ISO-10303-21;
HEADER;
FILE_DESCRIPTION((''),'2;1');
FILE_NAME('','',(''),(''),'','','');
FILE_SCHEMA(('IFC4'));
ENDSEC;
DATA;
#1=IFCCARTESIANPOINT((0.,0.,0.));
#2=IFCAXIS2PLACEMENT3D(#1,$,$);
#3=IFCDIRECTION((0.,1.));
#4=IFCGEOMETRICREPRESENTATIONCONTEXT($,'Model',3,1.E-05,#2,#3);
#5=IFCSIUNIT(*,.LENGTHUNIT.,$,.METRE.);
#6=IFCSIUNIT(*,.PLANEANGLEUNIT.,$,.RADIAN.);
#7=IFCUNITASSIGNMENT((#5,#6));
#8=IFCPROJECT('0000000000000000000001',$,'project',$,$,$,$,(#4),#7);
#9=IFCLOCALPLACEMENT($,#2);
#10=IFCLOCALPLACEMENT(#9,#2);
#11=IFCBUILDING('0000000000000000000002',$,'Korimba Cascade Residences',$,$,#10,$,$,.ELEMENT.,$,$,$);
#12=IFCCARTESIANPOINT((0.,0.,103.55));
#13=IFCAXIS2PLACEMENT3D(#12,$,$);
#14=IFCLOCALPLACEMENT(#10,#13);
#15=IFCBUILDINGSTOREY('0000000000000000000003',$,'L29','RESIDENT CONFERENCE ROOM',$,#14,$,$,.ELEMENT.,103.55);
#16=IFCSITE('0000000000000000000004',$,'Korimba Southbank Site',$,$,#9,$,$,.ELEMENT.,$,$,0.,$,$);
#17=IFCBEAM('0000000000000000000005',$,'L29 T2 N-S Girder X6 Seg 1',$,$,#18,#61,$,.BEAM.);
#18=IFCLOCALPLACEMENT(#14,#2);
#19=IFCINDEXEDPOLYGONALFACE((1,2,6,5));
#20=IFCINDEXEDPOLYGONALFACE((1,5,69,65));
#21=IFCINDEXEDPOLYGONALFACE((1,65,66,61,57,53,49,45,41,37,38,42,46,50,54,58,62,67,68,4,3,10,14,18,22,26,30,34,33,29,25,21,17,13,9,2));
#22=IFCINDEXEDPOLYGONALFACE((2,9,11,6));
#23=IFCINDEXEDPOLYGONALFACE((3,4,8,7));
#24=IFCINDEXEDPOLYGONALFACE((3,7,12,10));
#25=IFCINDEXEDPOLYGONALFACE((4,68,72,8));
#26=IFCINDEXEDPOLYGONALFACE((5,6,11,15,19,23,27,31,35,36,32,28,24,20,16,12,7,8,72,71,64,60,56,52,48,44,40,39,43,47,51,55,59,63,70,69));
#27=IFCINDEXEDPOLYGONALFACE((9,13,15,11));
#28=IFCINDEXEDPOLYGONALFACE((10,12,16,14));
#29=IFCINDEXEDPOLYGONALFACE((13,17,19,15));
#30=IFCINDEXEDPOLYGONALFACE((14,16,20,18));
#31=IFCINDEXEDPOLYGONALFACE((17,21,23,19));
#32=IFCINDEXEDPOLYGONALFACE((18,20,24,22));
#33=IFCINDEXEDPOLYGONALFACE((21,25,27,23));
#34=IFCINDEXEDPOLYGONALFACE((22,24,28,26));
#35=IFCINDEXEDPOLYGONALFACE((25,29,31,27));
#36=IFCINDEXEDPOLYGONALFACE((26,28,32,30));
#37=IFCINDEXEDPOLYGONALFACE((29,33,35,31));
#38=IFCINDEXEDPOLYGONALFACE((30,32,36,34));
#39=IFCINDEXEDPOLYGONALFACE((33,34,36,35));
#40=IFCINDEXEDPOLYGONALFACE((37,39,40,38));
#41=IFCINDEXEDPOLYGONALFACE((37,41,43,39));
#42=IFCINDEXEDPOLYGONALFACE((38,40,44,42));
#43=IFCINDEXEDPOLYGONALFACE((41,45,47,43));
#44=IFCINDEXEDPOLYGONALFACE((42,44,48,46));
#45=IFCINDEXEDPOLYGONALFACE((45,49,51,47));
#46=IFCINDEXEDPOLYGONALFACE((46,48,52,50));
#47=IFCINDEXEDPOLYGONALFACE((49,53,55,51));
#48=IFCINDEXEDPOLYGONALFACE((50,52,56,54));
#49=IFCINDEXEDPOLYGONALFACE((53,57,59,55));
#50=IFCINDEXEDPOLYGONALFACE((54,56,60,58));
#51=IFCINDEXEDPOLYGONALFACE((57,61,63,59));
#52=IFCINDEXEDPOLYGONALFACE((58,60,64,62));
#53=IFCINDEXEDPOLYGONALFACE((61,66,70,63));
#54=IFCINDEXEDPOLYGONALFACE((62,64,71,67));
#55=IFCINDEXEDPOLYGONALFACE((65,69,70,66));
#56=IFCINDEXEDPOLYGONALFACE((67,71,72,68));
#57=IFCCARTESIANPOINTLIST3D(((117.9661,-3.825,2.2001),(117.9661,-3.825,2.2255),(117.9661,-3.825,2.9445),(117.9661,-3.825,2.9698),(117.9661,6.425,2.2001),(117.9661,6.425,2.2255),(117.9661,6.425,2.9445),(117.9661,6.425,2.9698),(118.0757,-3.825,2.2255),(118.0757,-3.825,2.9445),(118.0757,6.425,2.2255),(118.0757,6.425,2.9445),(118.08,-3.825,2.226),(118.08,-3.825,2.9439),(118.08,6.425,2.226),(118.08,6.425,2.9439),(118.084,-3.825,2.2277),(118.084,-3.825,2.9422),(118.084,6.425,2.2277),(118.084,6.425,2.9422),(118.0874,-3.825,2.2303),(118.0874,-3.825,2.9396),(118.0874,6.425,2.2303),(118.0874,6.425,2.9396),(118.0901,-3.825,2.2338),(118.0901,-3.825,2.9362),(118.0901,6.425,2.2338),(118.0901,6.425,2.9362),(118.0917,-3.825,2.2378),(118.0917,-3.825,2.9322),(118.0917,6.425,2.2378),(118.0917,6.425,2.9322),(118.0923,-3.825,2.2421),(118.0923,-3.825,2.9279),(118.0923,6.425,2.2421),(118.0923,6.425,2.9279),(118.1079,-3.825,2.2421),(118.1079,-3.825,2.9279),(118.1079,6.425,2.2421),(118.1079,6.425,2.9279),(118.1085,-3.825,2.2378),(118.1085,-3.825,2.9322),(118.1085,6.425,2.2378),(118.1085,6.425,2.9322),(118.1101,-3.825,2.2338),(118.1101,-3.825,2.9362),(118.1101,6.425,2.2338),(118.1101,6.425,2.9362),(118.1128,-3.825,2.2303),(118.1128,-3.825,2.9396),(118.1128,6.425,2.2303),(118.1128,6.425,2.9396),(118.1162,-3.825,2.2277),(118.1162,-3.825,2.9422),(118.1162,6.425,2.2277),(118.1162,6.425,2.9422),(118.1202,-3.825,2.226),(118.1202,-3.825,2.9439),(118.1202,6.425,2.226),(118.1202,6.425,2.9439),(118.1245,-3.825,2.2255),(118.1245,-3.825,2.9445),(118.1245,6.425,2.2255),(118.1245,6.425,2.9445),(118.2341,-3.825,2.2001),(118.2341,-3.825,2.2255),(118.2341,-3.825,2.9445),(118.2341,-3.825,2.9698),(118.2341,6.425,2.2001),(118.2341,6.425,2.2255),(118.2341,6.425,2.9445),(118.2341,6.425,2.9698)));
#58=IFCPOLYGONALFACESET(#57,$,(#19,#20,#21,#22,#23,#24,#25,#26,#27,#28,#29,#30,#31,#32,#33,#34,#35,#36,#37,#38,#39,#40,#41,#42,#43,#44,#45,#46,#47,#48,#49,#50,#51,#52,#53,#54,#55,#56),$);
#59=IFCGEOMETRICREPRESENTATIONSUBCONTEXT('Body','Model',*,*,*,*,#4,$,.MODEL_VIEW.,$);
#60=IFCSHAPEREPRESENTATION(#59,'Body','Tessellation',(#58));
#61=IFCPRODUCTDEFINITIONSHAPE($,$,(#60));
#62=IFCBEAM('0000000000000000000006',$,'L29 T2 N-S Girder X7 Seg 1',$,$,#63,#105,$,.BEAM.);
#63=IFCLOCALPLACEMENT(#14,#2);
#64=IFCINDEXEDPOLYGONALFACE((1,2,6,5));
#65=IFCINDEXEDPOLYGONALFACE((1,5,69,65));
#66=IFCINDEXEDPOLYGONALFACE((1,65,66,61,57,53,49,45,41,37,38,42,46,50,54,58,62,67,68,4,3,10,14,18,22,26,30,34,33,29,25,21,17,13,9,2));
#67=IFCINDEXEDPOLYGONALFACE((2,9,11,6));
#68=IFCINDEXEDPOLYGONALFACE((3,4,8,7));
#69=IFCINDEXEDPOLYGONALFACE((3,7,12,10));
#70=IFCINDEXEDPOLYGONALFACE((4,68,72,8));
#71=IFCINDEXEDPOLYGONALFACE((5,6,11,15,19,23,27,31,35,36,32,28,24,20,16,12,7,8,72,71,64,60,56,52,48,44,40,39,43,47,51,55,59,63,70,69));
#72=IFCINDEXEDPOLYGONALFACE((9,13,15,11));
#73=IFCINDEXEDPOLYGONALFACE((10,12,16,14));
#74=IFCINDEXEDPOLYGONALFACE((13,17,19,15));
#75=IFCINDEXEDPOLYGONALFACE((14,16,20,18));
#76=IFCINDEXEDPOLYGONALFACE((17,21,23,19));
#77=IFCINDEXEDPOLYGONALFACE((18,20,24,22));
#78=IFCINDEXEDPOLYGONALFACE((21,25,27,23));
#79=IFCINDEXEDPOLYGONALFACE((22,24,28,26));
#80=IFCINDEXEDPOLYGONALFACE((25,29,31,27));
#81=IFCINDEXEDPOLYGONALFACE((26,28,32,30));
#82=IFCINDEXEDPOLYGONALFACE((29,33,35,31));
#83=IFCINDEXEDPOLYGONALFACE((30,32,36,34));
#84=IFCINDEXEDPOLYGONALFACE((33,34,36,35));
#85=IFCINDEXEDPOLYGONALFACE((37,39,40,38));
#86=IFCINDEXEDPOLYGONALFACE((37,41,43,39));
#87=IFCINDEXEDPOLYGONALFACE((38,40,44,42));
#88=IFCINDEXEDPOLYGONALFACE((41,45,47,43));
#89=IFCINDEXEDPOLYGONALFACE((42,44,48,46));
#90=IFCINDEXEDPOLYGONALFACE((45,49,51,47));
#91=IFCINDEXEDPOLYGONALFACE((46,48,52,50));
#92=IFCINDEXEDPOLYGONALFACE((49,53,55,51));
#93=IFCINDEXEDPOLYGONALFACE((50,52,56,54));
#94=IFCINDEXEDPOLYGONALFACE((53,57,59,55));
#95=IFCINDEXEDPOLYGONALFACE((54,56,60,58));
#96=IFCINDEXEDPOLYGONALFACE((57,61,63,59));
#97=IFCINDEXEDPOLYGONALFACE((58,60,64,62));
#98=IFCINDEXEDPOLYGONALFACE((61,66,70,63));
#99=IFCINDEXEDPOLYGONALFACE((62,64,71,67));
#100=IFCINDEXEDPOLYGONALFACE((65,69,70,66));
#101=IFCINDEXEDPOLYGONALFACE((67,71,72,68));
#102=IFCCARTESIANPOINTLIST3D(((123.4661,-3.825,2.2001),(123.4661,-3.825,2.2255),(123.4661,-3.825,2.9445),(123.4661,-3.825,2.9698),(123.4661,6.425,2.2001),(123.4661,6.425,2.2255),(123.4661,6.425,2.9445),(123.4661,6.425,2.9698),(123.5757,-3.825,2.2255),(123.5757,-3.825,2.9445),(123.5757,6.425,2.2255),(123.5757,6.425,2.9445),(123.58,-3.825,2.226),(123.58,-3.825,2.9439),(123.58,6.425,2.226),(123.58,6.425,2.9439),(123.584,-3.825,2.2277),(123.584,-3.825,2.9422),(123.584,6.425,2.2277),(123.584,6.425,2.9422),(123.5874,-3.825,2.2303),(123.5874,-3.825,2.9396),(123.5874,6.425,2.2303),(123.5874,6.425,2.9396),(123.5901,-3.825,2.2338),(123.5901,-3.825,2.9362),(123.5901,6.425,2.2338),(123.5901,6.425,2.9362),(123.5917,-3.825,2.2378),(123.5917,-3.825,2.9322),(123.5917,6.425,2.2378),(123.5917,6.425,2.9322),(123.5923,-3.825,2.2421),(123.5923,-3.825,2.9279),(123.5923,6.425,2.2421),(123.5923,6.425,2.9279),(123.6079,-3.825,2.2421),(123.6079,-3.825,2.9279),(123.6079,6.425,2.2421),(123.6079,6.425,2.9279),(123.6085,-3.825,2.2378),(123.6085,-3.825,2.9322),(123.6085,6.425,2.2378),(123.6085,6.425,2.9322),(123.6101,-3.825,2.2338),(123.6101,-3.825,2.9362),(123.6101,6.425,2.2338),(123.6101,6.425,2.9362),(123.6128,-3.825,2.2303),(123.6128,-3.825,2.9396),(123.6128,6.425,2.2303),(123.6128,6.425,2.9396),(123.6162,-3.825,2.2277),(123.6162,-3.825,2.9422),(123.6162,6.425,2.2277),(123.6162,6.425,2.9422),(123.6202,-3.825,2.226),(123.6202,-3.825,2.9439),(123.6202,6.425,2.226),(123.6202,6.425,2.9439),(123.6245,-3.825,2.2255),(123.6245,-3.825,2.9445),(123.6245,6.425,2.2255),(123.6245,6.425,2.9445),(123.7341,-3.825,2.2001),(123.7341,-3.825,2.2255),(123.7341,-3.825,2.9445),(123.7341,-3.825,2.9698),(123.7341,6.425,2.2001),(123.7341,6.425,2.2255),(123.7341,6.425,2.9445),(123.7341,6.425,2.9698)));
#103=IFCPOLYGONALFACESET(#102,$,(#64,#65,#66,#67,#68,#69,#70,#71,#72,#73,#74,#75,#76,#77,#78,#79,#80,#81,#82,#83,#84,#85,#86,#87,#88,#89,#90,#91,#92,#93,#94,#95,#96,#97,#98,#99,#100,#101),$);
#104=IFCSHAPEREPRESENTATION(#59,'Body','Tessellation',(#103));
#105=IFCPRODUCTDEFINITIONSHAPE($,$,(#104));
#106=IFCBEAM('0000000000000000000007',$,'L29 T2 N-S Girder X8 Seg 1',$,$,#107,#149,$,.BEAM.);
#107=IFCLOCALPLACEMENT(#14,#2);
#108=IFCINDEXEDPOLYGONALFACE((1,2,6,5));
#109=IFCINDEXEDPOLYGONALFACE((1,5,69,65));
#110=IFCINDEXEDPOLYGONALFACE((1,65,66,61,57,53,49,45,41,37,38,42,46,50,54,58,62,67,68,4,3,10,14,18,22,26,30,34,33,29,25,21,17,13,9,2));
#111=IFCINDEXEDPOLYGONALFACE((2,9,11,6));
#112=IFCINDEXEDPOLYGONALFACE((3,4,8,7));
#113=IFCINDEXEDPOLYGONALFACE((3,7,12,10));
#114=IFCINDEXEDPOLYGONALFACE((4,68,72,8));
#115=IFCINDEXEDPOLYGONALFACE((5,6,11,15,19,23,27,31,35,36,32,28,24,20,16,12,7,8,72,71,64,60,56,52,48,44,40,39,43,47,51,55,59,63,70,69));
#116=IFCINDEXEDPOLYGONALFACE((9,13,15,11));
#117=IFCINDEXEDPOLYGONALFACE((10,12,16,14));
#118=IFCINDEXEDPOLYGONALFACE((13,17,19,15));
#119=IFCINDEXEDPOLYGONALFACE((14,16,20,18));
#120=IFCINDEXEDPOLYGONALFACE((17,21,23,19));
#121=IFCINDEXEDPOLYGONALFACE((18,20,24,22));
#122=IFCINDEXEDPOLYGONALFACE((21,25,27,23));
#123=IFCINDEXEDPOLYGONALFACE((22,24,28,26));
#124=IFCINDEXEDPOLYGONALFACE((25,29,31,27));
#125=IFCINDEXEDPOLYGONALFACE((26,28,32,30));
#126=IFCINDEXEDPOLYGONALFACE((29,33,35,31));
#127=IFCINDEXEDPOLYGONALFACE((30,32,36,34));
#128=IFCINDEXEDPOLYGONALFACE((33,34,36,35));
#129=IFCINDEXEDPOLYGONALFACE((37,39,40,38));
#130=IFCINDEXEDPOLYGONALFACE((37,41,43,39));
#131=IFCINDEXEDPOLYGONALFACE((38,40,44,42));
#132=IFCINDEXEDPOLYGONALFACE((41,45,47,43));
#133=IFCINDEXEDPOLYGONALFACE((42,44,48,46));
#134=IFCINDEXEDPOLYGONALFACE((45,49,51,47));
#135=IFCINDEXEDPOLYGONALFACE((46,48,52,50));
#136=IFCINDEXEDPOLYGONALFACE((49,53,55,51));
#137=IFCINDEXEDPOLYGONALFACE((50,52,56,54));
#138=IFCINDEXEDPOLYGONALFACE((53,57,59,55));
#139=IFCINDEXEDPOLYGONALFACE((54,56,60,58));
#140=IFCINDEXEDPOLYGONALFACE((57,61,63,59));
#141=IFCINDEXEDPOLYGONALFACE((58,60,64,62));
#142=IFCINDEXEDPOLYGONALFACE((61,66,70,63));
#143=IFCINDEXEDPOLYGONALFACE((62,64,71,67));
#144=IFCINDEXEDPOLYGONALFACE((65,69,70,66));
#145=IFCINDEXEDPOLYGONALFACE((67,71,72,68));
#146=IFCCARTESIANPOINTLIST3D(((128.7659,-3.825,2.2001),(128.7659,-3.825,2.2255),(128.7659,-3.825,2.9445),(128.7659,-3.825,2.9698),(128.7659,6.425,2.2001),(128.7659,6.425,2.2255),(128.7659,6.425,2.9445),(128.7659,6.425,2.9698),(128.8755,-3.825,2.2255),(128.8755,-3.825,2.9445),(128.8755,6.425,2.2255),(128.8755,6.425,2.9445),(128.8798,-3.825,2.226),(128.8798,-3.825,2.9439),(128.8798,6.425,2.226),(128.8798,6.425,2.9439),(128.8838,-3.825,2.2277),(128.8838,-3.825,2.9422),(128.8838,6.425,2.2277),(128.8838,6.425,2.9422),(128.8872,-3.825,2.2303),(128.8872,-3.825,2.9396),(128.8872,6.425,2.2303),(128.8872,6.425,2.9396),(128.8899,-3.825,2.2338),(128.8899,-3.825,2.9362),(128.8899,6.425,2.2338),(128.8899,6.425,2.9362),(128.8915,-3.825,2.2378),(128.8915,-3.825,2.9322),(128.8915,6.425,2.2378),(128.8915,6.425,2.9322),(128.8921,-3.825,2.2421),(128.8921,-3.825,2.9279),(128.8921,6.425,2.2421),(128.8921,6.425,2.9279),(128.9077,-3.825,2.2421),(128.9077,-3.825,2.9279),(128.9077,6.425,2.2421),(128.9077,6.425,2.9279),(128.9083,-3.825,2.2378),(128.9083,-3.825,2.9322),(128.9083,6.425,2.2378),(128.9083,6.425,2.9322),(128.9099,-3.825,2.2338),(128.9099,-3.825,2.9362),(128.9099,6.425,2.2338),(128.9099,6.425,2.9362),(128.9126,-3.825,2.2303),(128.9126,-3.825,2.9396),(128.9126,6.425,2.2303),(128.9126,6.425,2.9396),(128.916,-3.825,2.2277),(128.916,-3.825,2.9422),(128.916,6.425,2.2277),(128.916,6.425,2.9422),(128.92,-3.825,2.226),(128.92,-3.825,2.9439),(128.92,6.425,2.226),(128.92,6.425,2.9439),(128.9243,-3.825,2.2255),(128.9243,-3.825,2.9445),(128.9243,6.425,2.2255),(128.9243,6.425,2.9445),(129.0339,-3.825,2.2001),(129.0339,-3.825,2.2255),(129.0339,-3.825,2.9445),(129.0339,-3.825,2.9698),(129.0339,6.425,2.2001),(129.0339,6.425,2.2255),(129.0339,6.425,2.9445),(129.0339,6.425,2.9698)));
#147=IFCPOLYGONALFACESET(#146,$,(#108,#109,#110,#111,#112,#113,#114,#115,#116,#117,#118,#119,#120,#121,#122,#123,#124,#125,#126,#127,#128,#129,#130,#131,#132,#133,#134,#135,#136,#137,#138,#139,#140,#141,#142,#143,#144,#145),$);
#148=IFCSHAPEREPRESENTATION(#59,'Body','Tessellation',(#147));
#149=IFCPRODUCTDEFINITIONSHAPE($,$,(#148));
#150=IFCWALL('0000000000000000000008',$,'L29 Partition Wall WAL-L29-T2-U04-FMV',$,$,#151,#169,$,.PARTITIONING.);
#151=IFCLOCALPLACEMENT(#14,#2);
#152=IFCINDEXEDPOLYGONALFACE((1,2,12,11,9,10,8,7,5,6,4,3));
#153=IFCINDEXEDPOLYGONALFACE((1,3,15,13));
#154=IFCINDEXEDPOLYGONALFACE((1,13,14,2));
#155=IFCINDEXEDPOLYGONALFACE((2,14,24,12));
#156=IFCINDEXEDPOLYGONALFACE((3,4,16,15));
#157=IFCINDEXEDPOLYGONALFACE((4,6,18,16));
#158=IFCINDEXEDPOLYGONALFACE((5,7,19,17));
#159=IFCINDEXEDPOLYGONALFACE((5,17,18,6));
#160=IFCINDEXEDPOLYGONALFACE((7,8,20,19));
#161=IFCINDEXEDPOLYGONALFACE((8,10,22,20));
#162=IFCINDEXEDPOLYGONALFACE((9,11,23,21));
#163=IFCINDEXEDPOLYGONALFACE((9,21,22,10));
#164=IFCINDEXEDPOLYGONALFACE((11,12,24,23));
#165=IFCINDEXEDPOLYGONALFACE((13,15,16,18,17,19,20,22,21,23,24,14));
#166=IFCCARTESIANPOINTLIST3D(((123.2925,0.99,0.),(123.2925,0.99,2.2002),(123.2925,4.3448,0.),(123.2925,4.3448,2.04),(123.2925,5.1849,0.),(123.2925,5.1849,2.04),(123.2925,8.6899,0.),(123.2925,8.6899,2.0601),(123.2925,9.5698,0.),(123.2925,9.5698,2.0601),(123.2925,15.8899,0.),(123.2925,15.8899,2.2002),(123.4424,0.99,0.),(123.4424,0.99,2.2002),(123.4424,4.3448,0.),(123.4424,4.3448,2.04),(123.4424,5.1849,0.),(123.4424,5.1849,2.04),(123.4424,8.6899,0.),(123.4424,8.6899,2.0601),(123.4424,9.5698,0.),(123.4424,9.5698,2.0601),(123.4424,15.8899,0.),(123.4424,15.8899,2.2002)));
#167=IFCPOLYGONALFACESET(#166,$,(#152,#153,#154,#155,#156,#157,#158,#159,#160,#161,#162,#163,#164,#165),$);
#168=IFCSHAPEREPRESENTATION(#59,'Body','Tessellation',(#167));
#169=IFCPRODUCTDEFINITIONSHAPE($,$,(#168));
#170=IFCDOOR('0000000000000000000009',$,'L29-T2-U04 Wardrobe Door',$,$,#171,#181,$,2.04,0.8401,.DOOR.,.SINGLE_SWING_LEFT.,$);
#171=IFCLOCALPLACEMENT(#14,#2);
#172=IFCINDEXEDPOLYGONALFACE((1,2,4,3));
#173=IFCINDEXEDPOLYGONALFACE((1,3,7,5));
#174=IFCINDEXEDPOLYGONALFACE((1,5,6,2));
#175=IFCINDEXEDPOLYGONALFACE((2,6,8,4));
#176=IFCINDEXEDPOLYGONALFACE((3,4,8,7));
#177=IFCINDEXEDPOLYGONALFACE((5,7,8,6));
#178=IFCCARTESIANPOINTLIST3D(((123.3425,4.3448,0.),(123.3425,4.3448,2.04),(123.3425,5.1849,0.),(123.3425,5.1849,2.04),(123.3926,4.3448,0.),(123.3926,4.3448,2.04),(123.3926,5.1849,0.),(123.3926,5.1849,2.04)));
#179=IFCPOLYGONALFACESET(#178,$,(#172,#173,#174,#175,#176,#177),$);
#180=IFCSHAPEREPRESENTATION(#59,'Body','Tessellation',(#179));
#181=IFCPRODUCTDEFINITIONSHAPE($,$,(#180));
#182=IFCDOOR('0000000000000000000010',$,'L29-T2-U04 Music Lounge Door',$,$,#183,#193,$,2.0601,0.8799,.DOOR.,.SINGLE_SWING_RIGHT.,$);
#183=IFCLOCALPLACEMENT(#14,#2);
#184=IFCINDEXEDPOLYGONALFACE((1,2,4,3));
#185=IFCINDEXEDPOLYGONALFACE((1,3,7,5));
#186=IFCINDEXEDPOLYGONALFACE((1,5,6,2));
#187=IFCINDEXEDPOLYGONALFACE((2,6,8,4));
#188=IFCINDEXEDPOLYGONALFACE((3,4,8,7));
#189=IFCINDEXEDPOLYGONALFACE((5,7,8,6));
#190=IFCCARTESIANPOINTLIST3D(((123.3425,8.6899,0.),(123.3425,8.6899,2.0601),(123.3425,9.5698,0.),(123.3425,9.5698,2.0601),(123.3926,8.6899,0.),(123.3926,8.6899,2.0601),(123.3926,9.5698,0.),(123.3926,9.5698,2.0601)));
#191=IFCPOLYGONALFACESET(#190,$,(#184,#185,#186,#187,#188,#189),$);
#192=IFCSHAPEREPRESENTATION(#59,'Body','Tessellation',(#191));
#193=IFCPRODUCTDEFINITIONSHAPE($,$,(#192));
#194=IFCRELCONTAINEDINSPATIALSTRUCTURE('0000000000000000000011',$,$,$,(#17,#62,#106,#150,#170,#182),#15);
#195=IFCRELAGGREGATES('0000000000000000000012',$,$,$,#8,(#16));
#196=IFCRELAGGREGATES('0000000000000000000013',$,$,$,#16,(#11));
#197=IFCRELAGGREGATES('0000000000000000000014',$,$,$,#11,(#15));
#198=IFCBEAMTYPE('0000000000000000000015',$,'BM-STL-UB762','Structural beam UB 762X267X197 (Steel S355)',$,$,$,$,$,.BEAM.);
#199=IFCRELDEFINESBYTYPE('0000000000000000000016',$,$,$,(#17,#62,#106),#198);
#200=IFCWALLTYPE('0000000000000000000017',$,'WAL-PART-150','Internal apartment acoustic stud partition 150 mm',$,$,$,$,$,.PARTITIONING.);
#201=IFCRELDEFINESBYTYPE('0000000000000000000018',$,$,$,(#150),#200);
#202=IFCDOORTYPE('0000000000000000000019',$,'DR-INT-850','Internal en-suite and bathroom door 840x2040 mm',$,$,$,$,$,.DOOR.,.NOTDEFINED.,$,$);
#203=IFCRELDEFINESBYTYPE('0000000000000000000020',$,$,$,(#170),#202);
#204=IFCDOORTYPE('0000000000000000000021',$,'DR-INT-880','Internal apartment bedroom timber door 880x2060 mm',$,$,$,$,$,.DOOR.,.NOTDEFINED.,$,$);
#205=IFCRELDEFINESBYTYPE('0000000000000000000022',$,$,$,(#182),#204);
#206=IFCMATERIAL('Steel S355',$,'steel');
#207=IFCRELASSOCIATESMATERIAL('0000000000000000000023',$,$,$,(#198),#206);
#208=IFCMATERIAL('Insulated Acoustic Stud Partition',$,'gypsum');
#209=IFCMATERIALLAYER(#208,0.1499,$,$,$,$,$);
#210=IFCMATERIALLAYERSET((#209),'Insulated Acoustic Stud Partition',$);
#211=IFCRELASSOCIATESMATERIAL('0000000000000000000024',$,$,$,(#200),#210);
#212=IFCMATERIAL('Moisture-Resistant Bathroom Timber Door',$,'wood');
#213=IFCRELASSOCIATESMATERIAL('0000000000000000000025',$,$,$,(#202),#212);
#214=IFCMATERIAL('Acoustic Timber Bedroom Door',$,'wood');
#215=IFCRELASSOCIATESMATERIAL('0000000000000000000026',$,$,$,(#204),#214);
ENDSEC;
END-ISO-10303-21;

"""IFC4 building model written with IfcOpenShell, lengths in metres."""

from ifc_helpers import new_model, si_unit, direction, frame, frame_2d, origin, origin_2d, place, context, subcontext, project, spatial, rectangle, i_section, extrude, material, layer, layer_set, material_profile, profile_set, type_object, element, fill, save


model = new_model("IFC4")

# Units and contexts
model_context = context("Model", 3, precision=1e-05, world=origin(), true_north=direction((0.0, 1.0)))
body_context = subcontext(model_context, "Body", "Model", "MODEL_VIEW")
ifc_project = project(units=[si_unit("LENGTHUNIT", "METRE"), si_unit("PLANEANGLEUNIT", "RADIAN")], contexts=[model_context])

# Site, building, storey
site_placement = place(None, origin())
site = spatial("IfcSite", under=ifc_project, at=site_placement, Name="Korimba Southbank Site", CompositionType="ELEMENT", RefElevation=0.0)
building_placement = place(site_placement, origin())
building = spatial("IfcBuilding", under=site, at=building_placement, Name="Korimba Cascade Residences", CompositionType="ELEMENT")
storey_placement = place(building_placement, frame((0.0, 0.0, 103.55)))
storey = spatial("IfcBuildingStorey", under=building, at=storey_placement, Name="L29", Description="RESIDENT CONFERENCE ROOM", CompositionType="ELEMENT", Elevation=103.55)

# Beams
ifc_material_1 = material(Name="Steel S355", Category="steel")
ifc_material_profile_1 = material_profile(ifc_material_1, i_section(OverallWidth=0.2681, OverallDepth=0.7698, WebThickness=0.0156, FlangeThickness=0.0254, FilletRadius=0.0166, at=origin_2d()), Name="Steel S355")
ifc_profile_set_1 = profile_set([ifc_material_profile_1], Name="Steel S355")
beam_type_1 = type_object("IfcBeamType", Name="BM-STL-UB762", Description="Structural beam UB 762X267X197 (Steel S355)", PredefinedType="BEAM", material=ifc_profile_set_1)
for number, where, z_axis, x_axis, name in (
    (1, (118.1001, -3.825, 2.585), (0.0, 1.0, 0.0), (-1.0, 0.0, 0.0), "L29 T2 N-S Girder X6 Seg 1"),
    (2, (123.6001, -3.825, 2.585), (0.0, 1.0, 0.0), (-1.0, 0.0, 0.0), "L29 T2 N-S Girder X7 Seg 1"),
    (3, (128.8999, -3.825, 2.585), (0.0, 1.0, 0.0), (-1.0, 0.0, 0.0), "L29 T2 N-S Girder X8 Seg 1"),
):
    element("IfcBeam", number, at=place(storey_placement, frame(where, z_axis=z_axis, x_axis=x_axis)), inside=storey, type_object=beam_type_1, Name=name, PredefinedType="BEAM", context=body_context, shape_type="SweptSolid", body=[
        extrude(i_section(OverallWidth=0.2681, OverallDepth=0.7698, WebThickness=0.0156, FlangeThickness=0.0254, FilletRadius=0.0166, at=origin_2d()), origin(), (0.0, 0.0, 1.0), 10.25),
    ])

# Wall, openings, doors
ifc_material_2 = material(Name="Insulated Acoustic Stud Partition", Category="gypsum")
ifc_layer = layer(ifc_material_2, 0.1499)
ifc_layer_set = layer_set([ifc_layer], Name="Insulated Acoustic Stud Partition")
wall_type = type_object("IfcWallType", Name="WAL-PART-150", Description="Internal apartment acoustic stud partition 150 mm", PredefinedType="PARTITIONING", material=ifc_layer_set)
wall_1_placement = place(storey_placement, frame((123.3674, 0.99, 0.0), z_axis=(0.0, 0.0, 1.0), x_axis=(0.0, 1.0, 0.0)))
wall_1 = element("IfcWall", 4, at=wall_1_placement, inside=storey, type_object=wall_type, Name="L29 Partition Wall WAL-L29-T2-U04-FMV", PredefinedType="PARTITIONING", context=body_context, shape_type="SweptSolid", body=[
    extrude(rectangle(XDim=14.8999, YDim=0.1499, at=frame_2d((7.45, 0.0))), origin(), (0.0, 0.0, 1.0), 2.2002),
])
opening_1_placement = place(wall_1_placement, frame((3.355, 0.0, 0.0)))
opening_1 = element("IfcOpeningElement", 5, at=opening_1_placement, cuts=wall_1, PredefinedType="OPENING", context=body_context, shape_type="SweptSolid", body=[
    extrude(rectangle(XDim=0.8401, YDim=2.04, at=frame_2d((0.4199, 1.02))), frame((0.0, 0.085, 0.0), z_axis=(0.0, -1.0, 0.0), x_axis=(1.0, 0.0, 0.0)), (0.0, 0.0, 1.0), 0.1699),
])
opening_2_placement = place(wall_1_placement, frame((7.7, 0.0, 0.0)))
opening_2 = element("IfcOpeningElement", 6, at=opening_2_placement, cuts=wall_1, PredefinedType="OPENING", context=body_context, shape_type="SweptSolid", body=[
    extrude(rectangle(XDim=0.8799, YDim=2.0601, at=frame_2d((0.4399, 1.03))), frame((0.0, 0.085, 0.0), z_axis=(0.0, -1.0, 0.0), x_axis=(1.0, 0.0, 0.0)), (0.0, 0.0, 1.0), 0.1699),
])
ifc_material_3 = material(Name="Moisture-Resistant Bathroom Timber Door", Category="wood")
door_type_1 = type_object("IfcDoorType", Name="DR-INT-850", Description="Internal en-suite and bathroom door 840x2040 mm", OperationType="NOTDEFINED", PredefinedType="DOOR", material=ifc_material_3)
door_1_placement = place(opening_1_placement, origin())
door_1 = element("IfcDoor", 7, at=door_1_placement, inside=storey, type_object=door_type_1, Name="L29-T2-U04 Wardrobe Door", OperationType="SINGLE_SWING_LEFT", OverallHeight=2.04, OverallWidth=0.8401, PredefinedType="DOOR", context=body_context, shape_type="SweptSolid", body=[
    extrude(rectangle(XDim=0.8401, YDim=2.04, at=frame_2d((0.4199, 1.02))), frame((0.0, 0.0249, 0.0), z_axis=(0.0, -1.0, 0.0), x_axis=(1.0, 0.0, 0.0)), (0.0, 0.0, 1.0), 0.05),
])
fill(opening_1, door_1)
ifc_material_4 = material(Name="Acoustic Timber Bedroom Door", Category="wood")
door_type_2 = type_object("IfcDoorType", Name="DR-INT-880", Description="Internal apartment bedroom timber door 880x2060 mm", OperationType="NOTDEFINED", PredefinedType="DOOR", material=ifc_material_4)
door_2_placement = place(opening_2_placement, origin())
door_2 = element("IfcDoor", 8, at=door_2_placement, inside=storey, type_object=door_type_2, Name="L29-T2-U04 Music Lounge Door", OperationType="SINGLE_SWING_RIGHT", OverallHeight=2.0601, OverallWidth=0.8799, PredefinedType="DOOR", context=body_context, shape_type="SweptSolid", body=[
    extrude(rectangle(XDim=0.8799, YDim=2.0601, at=frame_2d((0.4399, 1.03))), frame((0.0, 0.0249, 0.0), z_axis=(0.0, -1.0, 0.0), x_axis=(1.0, 0.0, 0.0)), (0.0, 0.0, 1.0), 0.05),
])
fill(opening_2, door_2)

save(model, "model.ifc")
